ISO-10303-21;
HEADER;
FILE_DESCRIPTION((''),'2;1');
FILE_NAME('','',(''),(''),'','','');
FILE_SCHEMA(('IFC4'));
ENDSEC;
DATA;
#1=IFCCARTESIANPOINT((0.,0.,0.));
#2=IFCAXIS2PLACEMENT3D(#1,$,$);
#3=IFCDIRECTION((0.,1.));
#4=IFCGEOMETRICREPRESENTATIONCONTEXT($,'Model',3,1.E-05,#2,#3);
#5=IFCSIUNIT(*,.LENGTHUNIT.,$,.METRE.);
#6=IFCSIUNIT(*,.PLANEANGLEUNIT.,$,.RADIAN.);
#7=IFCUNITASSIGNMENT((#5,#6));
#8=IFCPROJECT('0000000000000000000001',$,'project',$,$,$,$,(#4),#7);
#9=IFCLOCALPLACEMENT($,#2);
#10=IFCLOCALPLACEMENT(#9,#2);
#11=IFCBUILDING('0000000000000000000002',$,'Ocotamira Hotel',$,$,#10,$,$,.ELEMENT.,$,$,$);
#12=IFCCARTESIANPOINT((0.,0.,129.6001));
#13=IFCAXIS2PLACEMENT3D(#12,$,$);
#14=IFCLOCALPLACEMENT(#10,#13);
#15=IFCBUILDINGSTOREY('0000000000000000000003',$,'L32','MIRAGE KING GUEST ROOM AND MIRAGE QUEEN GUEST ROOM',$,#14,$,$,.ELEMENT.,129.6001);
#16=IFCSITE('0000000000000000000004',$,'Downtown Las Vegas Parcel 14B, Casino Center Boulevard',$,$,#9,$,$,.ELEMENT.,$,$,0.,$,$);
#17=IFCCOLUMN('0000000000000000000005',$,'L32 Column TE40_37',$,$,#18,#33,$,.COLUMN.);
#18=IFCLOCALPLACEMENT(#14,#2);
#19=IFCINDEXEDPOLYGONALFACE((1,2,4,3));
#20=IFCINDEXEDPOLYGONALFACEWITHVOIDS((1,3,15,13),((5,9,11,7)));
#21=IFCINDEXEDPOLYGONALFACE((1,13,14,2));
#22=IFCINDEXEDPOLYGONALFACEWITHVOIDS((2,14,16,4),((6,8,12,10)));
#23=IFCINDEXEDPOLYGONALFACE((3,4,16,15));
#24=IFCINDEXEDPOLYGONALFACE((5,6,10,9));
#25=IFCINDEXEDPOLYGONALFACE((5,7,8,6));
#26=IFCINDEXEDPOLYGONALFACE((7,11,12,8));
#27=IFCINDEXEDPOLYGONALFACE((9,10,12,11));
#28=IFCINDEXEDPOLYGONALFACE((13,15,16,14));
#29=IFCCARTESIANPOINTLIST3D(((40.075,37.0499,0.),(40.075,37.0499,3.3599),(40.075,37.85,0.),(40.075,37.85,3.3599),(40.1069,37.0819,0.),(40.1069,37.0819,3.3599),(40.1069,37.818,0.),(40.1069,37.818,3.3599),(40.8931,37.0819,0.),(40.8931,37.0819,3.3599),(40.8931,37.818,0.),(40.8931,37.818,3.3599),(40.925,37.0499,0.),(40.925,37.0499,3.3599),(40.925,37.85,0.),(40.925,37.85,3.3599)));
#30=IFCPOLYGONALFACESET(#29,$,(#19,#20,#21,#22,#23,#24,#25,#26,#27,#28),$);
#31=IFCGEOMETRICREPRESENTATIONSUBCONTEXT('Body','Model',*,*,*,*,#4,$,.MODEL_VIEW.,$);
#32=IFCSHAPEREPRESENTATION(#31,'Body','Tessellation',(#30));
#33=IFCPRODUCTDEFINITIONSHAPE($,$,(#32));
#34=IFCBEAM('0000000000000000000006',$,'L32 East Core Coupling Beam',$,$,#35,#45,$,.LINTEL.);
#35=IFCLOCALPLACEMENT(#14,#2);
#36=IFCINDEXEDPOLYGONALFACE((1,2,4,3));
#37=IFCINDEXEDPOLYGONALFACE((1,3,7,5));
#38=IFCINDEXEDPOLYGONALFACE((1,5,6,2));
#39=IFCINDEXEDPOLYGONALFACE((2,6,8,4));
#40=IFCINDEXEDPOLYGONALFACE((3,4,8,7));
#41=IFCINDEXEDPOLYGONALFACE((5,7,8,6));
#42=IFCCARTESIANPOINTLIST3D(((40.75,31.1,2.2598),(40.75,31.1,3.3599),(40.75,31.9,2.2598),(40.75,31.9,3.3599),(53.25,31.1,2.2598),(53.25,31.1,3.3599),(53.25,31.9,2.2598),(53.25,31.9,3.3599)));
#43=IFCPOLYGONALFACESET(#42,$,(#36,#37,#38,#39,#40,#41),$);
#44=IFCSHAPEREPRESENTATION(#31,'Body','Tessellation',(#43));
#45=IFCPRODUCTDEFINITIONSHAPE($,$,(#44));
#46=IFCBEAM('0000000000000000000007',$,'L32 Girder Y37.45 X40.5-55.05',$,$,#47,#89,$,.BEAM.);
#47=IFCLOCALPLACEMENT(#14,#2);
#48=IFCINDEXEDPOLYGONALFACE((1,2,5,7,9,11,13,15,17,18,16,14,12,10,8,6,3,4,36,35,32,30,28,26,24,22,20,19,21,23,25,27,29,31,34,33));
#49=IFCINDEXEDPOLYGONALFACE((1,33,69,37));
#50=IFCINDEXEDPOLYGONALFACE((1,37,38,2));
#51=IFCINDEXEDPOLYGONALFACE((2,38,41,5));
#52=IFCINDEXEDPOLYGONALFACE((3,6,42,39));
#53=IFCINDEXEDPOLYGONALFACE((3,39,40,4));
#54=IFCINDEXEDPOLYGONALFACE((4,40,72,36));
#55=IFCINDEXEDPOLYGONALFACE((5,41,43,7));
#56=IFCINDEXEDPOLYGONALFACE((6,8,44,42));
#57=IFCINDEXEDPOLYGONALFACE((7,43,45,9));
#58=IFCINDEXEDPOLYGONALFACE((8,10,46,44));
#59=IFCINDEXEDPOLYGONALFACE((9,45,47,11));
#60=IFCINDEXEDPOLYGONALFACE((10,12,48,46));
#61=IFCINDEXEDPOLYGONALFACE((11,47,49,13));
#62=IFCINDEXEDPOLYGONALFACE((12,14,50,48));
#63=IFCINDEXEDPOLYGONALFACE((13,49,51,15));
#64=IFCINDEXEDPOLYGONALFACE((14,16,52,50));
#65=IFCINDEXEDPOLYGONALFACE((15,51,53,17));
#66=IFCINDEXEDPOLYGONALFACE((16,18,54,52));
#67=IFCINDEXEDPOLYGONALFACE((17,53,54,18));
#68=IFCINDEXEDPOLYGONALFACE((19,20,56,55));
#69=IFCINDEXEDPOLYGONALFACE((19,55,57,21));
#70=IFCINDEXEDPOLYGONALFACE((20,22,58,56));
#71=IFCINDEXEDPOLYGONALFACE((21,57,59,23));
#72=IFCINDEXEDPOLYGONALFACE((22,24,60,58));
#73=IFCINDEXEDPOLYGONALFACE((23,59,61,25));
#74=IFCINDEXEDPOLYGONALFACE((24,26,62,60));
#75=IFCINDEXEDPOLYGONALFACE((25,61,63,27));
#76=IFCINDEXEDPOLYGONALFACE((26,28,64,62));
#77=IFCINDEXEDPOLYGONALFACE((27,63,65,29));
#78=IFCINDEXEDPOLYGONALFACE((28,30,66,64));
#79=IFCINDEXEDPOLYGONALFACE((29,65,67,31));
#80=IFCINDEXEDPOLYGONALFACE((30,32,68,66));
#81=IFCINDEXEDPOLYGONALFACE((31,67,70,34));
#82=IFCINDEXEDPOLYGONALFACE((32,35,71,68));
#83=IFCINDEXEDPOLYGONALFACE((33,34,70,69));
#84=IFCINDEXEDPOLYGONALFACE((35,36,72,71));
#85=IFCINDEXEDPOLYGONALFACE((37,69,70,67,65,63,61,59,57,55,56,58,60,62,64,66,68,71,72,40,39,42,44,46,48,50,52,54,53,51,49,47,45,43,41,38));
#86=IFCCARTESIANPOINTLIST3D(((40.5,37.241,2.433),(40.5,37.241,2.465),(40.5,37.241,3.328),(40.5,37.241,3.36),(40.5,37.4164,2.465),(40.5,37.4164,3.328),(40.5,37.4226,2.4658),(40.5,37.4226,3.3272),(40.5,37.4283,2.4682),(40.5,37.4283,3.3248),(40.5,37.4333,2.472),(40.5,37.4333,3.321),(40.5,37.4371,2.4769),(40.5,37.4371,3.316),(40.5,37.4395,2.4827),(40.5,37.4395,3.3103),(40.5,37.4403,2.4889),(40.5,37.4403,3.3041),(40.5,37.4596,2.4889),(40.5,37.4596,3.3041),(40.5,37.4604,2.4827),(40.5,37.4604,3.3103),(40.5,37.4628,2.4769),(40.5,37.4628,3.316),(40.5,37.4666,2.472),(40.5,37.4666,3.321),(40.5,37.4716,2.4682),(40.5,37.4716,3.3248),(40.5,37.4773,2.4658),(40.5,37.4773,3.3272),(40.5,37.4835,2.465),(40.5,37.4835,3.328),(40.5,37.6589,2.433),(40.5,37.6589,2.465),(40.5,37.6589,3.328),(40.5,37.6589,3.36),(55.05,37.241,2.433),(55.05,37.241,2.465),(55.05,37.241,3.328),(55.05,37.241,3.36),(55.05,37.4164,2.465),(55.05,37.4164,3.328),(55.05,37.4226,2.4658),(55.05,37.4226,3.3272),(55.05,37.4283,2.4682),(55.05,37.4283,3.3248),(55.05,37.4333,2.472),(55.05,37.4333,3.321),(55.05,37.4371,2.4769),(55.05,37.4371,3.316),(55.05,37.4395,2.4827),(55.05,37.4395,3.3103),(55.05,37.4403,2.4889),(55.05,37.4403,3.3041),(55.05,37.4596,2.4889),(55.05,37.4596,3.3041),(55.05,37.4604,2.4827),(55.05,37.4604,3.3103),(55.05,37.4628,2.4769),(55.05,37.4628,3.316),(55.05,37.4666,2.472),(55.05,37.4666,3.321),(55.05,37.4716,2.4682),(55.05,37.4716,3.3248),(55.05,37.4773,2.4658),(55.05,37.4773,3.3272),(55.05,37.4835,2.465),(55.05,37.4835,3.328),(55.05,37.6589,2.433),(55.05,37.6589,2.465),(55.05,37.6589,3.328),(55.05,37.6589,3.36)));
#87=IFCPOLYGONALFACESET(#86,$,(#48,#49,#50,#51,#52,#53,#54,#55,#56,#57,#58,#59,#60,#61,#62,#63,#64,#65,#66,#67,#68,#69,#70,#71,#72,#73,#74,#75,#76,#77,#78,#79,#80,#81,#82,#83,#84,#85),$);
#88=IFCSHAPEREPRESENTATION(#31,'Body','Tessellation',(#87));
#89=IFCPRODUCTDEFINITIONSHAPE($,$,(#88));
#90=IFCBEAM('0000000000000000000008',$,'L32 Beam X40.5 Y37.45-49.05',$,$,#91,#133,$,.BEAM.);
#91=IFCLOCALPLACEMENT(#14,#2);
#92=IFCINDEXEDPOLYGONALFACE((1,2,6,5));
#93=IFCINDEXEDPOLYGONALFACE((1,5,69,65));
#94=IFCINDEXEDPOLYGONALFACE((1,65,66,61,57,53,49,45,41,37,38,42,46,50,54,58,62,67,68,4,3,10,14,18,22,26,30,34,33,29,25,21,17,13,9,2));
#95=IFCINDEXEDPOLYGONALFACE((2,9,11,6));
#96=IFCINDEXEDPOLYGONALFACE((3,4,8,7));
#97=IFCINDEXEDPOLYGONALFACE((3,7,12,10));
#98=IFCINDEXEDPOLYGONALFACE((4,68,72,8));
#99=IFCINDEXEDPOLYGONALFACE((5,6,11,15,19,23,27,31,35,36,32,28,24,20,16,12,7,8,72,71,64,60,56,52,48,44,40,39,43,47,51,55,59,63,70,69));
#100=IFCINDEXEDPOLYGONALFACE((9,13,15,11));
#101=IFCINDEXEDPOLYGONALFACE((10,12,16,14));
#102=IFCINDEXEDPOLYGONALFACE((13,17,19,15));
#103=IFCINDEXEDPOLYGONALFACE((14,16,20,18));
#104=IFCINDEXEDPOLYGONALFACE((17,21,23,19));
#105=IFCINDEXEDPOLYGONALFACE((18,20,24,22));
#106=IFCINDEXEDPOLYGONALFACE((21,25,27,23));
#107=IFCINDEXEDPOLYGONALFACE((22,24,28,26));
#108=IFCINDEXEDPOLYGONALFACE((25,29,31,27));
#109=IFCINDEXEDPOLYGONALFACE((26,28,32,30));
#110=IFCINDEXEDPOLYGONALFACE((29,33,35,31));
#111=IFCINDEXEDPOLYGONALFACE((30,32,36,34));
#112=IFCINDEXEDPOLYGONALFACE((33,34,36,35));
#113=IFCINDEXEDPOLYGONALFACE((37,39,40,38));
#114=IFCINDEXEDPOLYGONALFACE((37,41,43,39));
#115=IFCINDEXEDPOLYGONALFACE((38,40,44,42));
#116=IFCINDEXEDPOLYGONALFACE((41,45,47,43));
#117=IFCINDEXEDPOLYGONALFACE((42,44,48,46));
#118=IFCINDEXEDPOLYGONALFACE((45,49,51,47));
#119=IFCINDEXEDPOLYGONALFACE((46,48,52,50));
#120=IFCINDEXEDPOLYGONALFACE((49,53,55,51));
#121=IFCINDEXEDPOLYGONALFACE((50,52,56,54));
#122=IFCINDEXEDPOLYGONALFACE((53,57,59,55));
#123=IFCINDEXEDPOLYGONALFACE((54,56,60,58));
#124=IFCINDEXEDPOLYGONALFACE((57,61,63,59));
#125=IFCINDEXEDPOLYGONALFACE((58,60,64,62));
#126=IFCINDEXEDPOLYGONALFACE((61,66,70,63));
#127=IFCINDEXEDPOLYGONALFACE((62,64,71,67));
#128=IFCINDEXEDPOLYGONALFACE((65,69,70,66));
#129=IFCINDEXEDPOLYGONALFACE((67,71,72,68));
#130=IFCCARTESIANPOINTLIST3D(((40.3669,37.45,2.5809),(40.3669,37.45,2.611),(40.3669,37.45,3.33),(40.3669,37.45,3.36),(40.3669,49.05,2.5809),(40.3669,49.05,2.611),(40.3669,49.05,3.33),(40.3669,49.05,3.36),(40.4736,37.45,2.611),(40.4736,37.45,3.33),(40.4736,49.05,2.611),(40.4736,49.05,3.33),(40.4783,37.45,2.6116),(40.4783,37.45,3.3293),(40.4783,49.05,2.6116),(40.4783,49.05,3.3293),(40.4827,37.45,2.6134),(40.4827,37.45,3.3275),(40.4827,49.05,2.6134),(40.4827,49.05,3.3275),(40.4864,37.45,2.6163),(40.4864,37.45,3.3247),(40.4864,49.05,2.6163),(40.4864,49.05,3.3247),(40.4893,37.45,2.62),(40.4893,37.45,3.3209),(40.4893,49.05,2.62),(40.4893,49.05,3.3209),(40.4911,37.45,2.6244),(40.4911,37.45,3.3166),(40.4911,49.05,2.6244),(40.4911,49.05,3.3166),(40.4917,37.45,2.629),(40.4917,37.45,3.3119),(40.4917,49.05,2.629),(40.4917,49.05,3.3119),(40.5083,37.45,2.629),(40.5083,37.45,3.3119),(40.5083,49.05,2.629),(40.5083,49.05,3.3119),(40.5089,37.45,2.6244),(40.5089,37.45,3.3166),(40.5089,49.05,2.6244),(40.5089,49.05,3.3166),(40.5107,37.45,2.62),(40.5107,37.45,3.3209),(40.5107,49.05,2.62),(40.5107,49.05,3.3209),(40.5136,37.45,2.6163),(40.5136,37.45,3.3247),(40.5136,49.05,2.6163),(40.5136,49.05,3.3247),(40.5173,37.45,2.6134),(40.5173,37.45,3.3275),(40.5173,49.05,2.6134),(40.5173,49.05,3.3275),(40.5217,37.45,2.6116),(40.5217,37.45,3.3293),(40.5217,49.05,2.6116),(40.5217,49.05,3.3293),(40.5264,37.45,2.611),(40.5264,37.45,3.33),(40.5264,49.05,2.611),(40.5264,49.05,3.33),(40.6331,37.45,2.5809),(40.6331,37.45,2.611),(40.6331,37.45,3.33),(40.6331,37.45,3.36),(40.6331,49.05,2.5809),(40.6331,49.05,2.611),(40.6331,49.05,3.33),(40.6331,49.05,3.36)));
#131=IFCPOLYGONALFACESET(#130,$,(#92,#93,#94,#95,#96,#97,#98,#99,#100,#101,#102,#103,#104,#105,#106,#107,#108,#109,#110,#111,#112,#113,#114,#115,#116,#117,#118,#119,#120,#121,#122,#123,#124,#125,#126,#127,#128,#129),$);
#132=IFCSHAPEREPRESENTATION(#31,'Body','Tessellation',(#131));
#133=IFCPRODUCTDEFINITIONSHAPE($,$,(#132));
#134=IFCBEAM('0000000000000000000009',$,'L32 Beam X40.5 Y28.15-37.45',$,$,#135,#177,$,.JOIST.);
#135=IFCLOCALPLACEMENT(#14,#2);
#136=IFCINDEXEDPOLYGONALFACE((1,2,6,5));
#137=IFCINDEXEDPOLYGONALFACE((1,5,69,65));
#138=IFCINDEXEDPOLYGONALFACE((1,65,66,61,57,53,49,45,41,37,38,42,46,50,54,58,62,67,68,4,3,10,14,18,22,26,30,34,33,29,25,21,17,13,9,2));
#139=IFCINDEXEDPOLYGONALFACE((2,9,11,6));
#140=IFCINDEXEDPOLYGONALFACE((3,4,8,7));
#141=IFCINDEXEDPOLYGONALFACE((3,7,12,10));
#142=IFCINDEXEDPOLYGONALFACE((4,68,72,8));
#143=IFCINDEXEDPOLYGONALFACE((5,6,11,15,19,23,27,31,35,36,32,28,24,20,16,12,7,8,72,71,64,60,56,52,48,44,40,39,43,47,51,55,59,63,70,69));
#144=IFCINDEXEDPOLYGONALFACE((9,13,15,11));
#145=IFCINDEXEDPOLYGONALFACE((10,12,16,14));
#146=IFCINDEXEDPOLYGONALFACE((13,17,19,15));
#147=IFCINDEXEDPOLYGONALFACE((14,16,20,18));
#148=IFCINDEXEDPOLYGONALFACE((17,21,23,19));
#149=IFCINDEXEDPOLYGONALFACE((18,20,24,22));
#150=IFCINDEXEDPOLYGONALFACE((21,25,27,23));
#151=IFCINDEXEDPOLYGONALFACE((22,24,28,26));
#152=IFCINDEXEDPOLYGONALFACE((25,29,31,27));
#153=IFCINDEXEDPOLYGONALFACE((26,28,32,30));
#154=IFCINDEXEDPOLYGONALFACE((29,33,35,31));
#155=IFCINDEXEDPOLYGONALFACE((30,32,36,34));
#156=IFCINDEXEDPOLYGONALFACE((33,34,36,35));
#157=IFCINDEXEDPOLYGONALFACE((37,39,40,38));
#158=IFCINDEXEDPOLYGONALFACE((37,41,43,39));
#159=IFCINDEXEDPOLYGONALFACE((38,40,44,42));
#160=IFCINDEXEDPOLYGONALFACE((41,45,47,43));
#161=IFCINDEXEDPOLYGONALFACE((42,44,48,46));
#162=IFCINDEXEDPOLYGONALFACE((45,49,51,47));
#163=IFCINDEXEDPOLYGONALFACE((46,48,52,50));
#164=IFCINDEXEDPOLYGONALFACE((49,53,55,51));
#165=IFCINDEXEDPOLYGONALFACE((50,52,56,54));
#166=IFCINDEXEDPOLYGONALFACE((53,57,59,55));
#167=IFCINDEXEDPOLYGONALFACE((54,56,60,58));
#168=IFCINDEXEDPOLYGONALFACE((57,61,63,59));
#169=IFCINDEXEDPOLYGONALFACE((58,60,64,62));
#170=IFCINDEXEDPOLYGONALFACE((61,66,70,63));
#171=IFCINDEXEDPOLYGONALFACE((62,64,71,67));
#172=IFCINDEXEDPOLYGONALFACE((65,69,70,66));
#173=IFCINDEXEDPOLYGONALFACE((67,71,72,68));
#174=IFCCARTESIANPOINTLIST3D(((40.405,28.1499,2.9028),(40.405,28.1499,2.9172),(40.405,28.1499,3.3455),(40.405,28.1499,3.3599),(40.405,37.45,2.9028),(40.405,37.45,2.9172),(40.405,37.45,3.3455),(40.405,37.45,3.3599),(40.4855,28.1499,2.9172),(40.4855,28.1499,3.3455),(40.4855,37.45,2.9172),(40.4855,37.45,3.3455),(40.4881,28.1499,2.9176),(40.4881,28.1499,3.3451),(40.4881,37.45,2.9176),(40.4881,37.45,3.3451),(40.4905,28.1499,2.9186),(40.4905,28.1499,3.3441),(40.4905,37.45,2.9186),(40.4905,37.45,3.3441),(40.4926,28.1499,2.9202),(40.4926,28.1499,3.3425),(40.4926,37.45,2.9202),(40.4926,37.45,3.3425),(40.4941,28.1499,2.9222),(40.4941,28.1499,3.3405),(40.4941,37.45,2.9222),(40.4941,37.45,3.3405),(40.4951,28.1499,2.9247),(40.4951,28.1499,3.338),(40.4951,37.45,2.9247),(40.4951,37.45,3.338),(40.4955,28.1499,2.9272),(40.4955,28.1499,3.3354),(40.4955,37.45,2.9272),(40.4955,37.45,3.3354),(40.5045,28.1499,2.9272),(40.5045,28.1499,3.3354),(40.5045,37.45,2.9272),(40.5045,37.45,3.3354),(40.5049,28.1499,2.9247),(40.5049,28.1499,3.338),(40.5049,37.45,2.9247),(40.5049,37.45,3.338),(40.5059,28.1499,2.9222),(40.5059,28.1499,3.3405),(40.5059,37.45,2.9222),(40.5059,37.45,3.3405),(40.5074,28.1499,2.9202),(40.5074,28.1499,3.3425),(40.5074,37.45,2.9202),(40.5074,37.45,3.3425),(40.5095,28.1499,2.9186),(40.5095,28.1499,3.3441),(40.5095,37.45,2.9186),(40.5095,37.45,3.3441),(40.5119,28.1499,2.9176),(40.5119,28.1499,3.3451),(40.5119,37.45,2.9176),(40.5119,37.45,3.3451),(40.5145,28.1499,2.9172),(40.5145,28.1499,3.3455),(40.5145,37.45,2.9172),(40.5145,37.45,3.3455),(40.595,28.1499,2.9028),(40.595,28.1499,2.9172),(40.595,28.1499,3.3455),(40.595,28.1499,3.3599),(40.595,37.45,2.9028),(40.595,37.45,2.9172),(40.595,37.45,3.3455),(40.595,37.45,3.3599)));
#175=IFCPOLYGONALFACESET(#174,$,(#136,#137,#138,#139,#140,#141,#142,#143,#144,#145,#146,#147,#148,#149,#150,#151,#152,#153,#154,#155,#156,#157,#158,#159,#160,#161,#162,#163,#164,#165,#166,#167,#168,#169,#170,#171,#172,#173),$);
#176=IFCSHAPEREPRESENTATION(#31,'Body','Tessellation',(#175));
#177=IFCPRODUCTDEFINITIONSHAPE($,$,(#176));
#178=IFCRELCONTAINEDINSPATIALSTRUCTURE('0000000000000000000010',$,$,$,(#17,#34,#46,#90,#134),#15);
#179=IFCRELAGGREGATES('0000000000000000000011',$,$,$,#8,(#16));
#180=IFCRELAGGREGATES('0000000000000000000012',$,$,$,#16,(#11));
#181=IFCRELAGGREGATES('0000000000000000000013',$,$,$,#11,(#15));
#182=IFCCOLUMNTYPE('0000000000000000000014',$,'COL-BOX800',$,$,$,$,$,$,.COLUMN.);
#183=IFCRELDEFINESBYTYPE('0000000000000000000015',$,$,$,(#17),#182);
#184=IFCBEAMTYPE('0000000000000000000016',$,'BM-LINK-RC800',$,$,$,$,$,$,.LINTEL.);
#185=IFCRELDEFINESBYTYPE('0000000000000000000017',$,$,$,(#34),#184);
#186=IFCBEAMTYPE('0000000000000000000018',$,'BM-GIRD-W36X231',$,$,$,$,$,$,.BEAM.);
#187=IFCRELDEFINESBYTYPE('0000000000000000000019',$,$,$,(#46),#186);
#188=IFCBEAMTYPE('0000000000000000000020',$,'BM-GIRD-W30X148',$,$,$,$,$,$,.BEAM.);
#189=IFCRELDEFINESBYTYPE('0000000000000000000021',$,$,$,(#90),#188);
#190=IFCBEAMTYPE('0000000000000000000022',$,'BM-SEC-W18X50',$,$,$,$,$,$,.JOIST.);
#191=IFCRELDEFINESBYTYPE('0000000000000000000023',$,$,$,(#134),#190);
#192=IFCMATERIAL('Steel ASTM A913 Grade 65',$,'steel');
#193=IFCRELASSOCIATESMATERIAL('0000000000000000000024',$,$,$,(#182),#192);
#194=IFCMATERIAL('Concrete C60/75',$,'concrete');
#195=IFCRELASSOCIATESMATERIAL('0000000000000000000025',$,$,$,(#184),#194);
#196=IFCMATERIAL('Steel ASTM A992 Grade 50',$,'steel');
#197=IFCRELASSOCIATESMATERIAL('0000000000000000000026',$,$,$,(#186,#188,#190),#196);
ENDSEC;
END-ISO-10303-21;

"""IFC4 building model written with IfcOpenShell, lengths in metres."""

from ifc_helpers import new_model, si_unit, direction, frame, origin, origin_2d, place, context, subcontext, project, spatial, rectangle, hollow_rectangle, i_section, extrude, source, transform, mapped, material, material_profile, profile_set, type_object, element, save


model = new_model("IFC4")

# Units and contexts
model_context = context("Model", 3, precision=1e-05, world=origin(), true_north=direction((0.0, 1.0)))
body_context = subcontext(model_context, "Body", "Model", "MODEL_VIEW")
ifc_project = project(units=[si_unit("LENGTHUNIT", "METRE"), si_unit("PLANEANGLEUNIT", "RADIAN")], contexts=[model_context])

# Site, building, storey
site_placement = place(None, origin())
site = spatial("IfcSite", under=ifc_project, at=site_placement, Name="Downtown Las Vegas Parcel 14B, Casino Center Boulevard", CompositionType="ELEMENT", RefElevation=0.0)
building_placement = place(site_placement, origin())
building = spatial("IfcBuilding", under=site, at=building_placement, Name="Ocotamira Hotel", CompositionType="ELEMENT")
storey_placement = place(building_placement, frame((0.0, 0.0, 129.6001)))
storey = spatial("IfcBuildingStorey", under=building, at=storey_placement, Name="L32", Description="MIRAGE KING GUEST ROOM AND MIRAGE QUEEN GUEST ROOM", CompositionType="ELEMENT", Elevation=129.6001)

# Column
ifc_material_1 = material(Name="Steel ASTM A913 Grade 65", Category="steel")
ifc_material_profile_1 = material_profile(ifc_material_1, hollow_rectangle(XDim=0.8501, YDim=0.8, WallThickness=0.032, at=origin_2d()), Name="BOX800X850X32")
ifc_profile_set_1 = profile_set([ifc_material_profile_1], Name="Steel ASTM A913 Grade 65")
column_type = type_object("IfcColumnType", Name="COL-BOX800", PredefinedType="COLUMN", material=ifc_profile_set_1)
shared_shape_1 = source(origin(), body_context, "Body", "SweptSolid", [
    extrude(hollow_rectangle(XDim=0.8501, YDim=0.8, WallThickness=0.032, at=origin_2d()), origin(), (0.0, 0.0, 1.0), 3.3599),
])
column_placement = place(storey_placement, frame((40.5, 37.45, 0.0), z_axis=(0.0, 0.0, 1.0), x_axis=(1.0, 0.0, 0.0)))
element("IfcColumn", 1, at=column_placement, inside=storey, type_object=column_type, Name="L32 Column TE40_37", PredefinedType="COLUMN", context=body_context, shape_type="MappedRepresentation", body=[
    mapped(shared_shape_1, transform((0.0, 0.0, 0.0), scale=1.0)),
])

# Beams
ifc_material_2 = material(Name="Concrete C60/75", Category="concrete")
ifc_material_profile_2 = material_profile(ifc_material_2, rectangle(XDim=0.8, YDim=1.1001, at=origin_2d()), Name="RC800X1100")
ifc_profile_set_2 = profile_set([ifc_material_profile_2], Name="Concrete C60/75")
beam_type_1 = type_object("IfcBeamType", Name="BM-LINK-RC800", PredefinedType="LINTEL", material=ifc_profile_set_2)
shared_shape_2 = source(origin(), body_context, "Body", "SweptSolid", [
    extrude(rectangle(XDim=0.8, YDim=1.1001, at=origin_2d()), origin(), (0.0, 0.0, 1.0), 12.5),
])
beam_1_placement = place(storey_placement, frame((40.75, 31.5, 2.8098), z_axis=(1.0, 0.0, 0.0), x_axis=(0.0, 1.0, 0.0)))
element("IfcBeam", 2, at=beam_1_placement, inside=storey, type_object=beam_type_1, Name="L32 East Core Coupling Beam", PredefinedType="LINTEL", context=body_context, shape_type="MappedRepresentation", body=[
    mapped(shared_shape_2, transform((0.0, 0.0, 0.0), scale=1.0)),
])
ifc_material_3 = material(Name="Steel ASTM A992 Grade 50", Category="steel")
ifc_material_profile_3 = material_profile(ifc_material_3, i_section(OverallWidth=0.418, OverallDepth=0.927, WebThickness=0.0193, FlangeThickness=0.032, FilletRadius=0.0239, at=origin_2d()), Name="W36X231")
ifc_profile_set_3 = profile_set([ifc_material_profile_3], Name="Steel ASTM A992 Grade 50")
beam_type_2 = type_object("IfcBeamType", Name="BM-GIRD-W36X231", PredefinedType="BEAM", material=ifc_profile_set_3)
shared_shape_3 = source(origin(), body_context, "Body", "SweptSolid", [
    extrude(i_section(OverallWidth=0.418, OverallDepth=0.927, WebThickness=0.0193, FlangeThickness=0.032, FilletRadius=0.0239, at=origin_2d()), origin(), (0.0, 0.0, 1.0), 14.55),
])
beam_2_placement = place(storey_placement, frame((40.5, 37.45, 2.8965), z_axis=(1.0, 0.0, 0.0), x_axis=(0.0, 1.0, 0.0)))
element("IfcBeam", 3, at=beam_2_placement, inside=storey, type_object=beam_type_2, Name="L32 Girder Y37.45 X40.5-55.05", PredefinedType="BEAM", context=body_context, shape_type="MappedRepresentation", body=[
    mapped(shared_shape_3, transform((0.0, 0.0, 0.0), scale=1.0)),
])
ifc_material_profile_4 = material_profile(ifc_material_3, i_section(OverallWidth=0.2661, OverallDepth=0.7791, WebThickness=0.0166, FlangeThickness=0.03, FilletRadius=0.0181, at=origin_2d()), Name="W30X148")
ifc_profile_set_4 = profile_set([ifc_material_profile_4], Name="Steel ASTM A992 Grade 50")
beam_type_3 = type_object("IfcBeamType", Name="BM-GIRD-W30X148", PredefinedType="BEAM", material=ifc_profile_set_4)
shared_shape_4 = source(origin(), body_context, "Body", "SweptSolid", [
    extrude(i_section(OverallWidth=0.2661, OverallDepth=0.7791, WebThickness=0.0166, FlangeThickness=0.03, FilletRadius=0.0181, at=origin_2d()), origin(), (0.0, 0.0, 1.0), 11.6001),
])
beam_3_placement = place(storey_placement, frame((40.5, 37.45, 2.9705), z_axis=(0.0, 1.0, 0.0), x_axis=(-1.0, 0.0, 0.0)))
element("IfcBeam", 4, at=beam_3_placement, inside=storey, type_object=beam_type_3, Name="L32 Beam X40.5 Y37.45-49.05", PredefinedType="BEAM", context=body_context, shape_type="MappedRepresentation", body=[
    mapped(shared_shape_4, transform((0.0, 0.0, 0.0), scale=1.0)),
])
ifc_material_profile_5 = material_profile(ifc_material_3, i_section(OverallWidth=0.1899, OverallDepth=0.457, WebThickness=0.009, FlangeThickness=0.0144, FilletRadius=0.01, at=origin_2d()), Name="W18X50")
ifc_profile_set_5 = profile_set([ifc_material_profile_5], Name="Steel ASTM A992 Grade 50")
beam_type_4 = type_object("IfcBeamType", Name="BM-SEC-W18X50", PredefinedType="JOIST", material=ifc_profile_set_5)
shared_shape_5 = source(origin(), body_context, "Body", "SweptSolid", [
    extrude(i_section(OverallWidth=0.1899, OverallDepth=0.457, WebThickness=0.009, FlangeThickness=0.0144, FilletRadius=0.01, at=origin_2d()), origin(), (0.0, 0.0, 1.0), 9.3),
])
beam_4_placement = place(storey_placement, frame((40.5, 28.1499, 3.1313), z_axis=(0.0, 1.0, 0.0), x_axis=(-1.0, 0.0, 0.0)))
element("IfcBeam", 5, at=beam_4_placement, inside=storey, type_object=beam_type_4, Name="L32 Beam X40.5 Y28.15-37.45", PredefinedType="JOIST", context=body_context, shape_type="MappedRepresentation", body=[
    mapped(shared_shape_5, transform((0.0, 0.0, 0.0), scale=1.0)),
])

save(model, "model.ifc")
